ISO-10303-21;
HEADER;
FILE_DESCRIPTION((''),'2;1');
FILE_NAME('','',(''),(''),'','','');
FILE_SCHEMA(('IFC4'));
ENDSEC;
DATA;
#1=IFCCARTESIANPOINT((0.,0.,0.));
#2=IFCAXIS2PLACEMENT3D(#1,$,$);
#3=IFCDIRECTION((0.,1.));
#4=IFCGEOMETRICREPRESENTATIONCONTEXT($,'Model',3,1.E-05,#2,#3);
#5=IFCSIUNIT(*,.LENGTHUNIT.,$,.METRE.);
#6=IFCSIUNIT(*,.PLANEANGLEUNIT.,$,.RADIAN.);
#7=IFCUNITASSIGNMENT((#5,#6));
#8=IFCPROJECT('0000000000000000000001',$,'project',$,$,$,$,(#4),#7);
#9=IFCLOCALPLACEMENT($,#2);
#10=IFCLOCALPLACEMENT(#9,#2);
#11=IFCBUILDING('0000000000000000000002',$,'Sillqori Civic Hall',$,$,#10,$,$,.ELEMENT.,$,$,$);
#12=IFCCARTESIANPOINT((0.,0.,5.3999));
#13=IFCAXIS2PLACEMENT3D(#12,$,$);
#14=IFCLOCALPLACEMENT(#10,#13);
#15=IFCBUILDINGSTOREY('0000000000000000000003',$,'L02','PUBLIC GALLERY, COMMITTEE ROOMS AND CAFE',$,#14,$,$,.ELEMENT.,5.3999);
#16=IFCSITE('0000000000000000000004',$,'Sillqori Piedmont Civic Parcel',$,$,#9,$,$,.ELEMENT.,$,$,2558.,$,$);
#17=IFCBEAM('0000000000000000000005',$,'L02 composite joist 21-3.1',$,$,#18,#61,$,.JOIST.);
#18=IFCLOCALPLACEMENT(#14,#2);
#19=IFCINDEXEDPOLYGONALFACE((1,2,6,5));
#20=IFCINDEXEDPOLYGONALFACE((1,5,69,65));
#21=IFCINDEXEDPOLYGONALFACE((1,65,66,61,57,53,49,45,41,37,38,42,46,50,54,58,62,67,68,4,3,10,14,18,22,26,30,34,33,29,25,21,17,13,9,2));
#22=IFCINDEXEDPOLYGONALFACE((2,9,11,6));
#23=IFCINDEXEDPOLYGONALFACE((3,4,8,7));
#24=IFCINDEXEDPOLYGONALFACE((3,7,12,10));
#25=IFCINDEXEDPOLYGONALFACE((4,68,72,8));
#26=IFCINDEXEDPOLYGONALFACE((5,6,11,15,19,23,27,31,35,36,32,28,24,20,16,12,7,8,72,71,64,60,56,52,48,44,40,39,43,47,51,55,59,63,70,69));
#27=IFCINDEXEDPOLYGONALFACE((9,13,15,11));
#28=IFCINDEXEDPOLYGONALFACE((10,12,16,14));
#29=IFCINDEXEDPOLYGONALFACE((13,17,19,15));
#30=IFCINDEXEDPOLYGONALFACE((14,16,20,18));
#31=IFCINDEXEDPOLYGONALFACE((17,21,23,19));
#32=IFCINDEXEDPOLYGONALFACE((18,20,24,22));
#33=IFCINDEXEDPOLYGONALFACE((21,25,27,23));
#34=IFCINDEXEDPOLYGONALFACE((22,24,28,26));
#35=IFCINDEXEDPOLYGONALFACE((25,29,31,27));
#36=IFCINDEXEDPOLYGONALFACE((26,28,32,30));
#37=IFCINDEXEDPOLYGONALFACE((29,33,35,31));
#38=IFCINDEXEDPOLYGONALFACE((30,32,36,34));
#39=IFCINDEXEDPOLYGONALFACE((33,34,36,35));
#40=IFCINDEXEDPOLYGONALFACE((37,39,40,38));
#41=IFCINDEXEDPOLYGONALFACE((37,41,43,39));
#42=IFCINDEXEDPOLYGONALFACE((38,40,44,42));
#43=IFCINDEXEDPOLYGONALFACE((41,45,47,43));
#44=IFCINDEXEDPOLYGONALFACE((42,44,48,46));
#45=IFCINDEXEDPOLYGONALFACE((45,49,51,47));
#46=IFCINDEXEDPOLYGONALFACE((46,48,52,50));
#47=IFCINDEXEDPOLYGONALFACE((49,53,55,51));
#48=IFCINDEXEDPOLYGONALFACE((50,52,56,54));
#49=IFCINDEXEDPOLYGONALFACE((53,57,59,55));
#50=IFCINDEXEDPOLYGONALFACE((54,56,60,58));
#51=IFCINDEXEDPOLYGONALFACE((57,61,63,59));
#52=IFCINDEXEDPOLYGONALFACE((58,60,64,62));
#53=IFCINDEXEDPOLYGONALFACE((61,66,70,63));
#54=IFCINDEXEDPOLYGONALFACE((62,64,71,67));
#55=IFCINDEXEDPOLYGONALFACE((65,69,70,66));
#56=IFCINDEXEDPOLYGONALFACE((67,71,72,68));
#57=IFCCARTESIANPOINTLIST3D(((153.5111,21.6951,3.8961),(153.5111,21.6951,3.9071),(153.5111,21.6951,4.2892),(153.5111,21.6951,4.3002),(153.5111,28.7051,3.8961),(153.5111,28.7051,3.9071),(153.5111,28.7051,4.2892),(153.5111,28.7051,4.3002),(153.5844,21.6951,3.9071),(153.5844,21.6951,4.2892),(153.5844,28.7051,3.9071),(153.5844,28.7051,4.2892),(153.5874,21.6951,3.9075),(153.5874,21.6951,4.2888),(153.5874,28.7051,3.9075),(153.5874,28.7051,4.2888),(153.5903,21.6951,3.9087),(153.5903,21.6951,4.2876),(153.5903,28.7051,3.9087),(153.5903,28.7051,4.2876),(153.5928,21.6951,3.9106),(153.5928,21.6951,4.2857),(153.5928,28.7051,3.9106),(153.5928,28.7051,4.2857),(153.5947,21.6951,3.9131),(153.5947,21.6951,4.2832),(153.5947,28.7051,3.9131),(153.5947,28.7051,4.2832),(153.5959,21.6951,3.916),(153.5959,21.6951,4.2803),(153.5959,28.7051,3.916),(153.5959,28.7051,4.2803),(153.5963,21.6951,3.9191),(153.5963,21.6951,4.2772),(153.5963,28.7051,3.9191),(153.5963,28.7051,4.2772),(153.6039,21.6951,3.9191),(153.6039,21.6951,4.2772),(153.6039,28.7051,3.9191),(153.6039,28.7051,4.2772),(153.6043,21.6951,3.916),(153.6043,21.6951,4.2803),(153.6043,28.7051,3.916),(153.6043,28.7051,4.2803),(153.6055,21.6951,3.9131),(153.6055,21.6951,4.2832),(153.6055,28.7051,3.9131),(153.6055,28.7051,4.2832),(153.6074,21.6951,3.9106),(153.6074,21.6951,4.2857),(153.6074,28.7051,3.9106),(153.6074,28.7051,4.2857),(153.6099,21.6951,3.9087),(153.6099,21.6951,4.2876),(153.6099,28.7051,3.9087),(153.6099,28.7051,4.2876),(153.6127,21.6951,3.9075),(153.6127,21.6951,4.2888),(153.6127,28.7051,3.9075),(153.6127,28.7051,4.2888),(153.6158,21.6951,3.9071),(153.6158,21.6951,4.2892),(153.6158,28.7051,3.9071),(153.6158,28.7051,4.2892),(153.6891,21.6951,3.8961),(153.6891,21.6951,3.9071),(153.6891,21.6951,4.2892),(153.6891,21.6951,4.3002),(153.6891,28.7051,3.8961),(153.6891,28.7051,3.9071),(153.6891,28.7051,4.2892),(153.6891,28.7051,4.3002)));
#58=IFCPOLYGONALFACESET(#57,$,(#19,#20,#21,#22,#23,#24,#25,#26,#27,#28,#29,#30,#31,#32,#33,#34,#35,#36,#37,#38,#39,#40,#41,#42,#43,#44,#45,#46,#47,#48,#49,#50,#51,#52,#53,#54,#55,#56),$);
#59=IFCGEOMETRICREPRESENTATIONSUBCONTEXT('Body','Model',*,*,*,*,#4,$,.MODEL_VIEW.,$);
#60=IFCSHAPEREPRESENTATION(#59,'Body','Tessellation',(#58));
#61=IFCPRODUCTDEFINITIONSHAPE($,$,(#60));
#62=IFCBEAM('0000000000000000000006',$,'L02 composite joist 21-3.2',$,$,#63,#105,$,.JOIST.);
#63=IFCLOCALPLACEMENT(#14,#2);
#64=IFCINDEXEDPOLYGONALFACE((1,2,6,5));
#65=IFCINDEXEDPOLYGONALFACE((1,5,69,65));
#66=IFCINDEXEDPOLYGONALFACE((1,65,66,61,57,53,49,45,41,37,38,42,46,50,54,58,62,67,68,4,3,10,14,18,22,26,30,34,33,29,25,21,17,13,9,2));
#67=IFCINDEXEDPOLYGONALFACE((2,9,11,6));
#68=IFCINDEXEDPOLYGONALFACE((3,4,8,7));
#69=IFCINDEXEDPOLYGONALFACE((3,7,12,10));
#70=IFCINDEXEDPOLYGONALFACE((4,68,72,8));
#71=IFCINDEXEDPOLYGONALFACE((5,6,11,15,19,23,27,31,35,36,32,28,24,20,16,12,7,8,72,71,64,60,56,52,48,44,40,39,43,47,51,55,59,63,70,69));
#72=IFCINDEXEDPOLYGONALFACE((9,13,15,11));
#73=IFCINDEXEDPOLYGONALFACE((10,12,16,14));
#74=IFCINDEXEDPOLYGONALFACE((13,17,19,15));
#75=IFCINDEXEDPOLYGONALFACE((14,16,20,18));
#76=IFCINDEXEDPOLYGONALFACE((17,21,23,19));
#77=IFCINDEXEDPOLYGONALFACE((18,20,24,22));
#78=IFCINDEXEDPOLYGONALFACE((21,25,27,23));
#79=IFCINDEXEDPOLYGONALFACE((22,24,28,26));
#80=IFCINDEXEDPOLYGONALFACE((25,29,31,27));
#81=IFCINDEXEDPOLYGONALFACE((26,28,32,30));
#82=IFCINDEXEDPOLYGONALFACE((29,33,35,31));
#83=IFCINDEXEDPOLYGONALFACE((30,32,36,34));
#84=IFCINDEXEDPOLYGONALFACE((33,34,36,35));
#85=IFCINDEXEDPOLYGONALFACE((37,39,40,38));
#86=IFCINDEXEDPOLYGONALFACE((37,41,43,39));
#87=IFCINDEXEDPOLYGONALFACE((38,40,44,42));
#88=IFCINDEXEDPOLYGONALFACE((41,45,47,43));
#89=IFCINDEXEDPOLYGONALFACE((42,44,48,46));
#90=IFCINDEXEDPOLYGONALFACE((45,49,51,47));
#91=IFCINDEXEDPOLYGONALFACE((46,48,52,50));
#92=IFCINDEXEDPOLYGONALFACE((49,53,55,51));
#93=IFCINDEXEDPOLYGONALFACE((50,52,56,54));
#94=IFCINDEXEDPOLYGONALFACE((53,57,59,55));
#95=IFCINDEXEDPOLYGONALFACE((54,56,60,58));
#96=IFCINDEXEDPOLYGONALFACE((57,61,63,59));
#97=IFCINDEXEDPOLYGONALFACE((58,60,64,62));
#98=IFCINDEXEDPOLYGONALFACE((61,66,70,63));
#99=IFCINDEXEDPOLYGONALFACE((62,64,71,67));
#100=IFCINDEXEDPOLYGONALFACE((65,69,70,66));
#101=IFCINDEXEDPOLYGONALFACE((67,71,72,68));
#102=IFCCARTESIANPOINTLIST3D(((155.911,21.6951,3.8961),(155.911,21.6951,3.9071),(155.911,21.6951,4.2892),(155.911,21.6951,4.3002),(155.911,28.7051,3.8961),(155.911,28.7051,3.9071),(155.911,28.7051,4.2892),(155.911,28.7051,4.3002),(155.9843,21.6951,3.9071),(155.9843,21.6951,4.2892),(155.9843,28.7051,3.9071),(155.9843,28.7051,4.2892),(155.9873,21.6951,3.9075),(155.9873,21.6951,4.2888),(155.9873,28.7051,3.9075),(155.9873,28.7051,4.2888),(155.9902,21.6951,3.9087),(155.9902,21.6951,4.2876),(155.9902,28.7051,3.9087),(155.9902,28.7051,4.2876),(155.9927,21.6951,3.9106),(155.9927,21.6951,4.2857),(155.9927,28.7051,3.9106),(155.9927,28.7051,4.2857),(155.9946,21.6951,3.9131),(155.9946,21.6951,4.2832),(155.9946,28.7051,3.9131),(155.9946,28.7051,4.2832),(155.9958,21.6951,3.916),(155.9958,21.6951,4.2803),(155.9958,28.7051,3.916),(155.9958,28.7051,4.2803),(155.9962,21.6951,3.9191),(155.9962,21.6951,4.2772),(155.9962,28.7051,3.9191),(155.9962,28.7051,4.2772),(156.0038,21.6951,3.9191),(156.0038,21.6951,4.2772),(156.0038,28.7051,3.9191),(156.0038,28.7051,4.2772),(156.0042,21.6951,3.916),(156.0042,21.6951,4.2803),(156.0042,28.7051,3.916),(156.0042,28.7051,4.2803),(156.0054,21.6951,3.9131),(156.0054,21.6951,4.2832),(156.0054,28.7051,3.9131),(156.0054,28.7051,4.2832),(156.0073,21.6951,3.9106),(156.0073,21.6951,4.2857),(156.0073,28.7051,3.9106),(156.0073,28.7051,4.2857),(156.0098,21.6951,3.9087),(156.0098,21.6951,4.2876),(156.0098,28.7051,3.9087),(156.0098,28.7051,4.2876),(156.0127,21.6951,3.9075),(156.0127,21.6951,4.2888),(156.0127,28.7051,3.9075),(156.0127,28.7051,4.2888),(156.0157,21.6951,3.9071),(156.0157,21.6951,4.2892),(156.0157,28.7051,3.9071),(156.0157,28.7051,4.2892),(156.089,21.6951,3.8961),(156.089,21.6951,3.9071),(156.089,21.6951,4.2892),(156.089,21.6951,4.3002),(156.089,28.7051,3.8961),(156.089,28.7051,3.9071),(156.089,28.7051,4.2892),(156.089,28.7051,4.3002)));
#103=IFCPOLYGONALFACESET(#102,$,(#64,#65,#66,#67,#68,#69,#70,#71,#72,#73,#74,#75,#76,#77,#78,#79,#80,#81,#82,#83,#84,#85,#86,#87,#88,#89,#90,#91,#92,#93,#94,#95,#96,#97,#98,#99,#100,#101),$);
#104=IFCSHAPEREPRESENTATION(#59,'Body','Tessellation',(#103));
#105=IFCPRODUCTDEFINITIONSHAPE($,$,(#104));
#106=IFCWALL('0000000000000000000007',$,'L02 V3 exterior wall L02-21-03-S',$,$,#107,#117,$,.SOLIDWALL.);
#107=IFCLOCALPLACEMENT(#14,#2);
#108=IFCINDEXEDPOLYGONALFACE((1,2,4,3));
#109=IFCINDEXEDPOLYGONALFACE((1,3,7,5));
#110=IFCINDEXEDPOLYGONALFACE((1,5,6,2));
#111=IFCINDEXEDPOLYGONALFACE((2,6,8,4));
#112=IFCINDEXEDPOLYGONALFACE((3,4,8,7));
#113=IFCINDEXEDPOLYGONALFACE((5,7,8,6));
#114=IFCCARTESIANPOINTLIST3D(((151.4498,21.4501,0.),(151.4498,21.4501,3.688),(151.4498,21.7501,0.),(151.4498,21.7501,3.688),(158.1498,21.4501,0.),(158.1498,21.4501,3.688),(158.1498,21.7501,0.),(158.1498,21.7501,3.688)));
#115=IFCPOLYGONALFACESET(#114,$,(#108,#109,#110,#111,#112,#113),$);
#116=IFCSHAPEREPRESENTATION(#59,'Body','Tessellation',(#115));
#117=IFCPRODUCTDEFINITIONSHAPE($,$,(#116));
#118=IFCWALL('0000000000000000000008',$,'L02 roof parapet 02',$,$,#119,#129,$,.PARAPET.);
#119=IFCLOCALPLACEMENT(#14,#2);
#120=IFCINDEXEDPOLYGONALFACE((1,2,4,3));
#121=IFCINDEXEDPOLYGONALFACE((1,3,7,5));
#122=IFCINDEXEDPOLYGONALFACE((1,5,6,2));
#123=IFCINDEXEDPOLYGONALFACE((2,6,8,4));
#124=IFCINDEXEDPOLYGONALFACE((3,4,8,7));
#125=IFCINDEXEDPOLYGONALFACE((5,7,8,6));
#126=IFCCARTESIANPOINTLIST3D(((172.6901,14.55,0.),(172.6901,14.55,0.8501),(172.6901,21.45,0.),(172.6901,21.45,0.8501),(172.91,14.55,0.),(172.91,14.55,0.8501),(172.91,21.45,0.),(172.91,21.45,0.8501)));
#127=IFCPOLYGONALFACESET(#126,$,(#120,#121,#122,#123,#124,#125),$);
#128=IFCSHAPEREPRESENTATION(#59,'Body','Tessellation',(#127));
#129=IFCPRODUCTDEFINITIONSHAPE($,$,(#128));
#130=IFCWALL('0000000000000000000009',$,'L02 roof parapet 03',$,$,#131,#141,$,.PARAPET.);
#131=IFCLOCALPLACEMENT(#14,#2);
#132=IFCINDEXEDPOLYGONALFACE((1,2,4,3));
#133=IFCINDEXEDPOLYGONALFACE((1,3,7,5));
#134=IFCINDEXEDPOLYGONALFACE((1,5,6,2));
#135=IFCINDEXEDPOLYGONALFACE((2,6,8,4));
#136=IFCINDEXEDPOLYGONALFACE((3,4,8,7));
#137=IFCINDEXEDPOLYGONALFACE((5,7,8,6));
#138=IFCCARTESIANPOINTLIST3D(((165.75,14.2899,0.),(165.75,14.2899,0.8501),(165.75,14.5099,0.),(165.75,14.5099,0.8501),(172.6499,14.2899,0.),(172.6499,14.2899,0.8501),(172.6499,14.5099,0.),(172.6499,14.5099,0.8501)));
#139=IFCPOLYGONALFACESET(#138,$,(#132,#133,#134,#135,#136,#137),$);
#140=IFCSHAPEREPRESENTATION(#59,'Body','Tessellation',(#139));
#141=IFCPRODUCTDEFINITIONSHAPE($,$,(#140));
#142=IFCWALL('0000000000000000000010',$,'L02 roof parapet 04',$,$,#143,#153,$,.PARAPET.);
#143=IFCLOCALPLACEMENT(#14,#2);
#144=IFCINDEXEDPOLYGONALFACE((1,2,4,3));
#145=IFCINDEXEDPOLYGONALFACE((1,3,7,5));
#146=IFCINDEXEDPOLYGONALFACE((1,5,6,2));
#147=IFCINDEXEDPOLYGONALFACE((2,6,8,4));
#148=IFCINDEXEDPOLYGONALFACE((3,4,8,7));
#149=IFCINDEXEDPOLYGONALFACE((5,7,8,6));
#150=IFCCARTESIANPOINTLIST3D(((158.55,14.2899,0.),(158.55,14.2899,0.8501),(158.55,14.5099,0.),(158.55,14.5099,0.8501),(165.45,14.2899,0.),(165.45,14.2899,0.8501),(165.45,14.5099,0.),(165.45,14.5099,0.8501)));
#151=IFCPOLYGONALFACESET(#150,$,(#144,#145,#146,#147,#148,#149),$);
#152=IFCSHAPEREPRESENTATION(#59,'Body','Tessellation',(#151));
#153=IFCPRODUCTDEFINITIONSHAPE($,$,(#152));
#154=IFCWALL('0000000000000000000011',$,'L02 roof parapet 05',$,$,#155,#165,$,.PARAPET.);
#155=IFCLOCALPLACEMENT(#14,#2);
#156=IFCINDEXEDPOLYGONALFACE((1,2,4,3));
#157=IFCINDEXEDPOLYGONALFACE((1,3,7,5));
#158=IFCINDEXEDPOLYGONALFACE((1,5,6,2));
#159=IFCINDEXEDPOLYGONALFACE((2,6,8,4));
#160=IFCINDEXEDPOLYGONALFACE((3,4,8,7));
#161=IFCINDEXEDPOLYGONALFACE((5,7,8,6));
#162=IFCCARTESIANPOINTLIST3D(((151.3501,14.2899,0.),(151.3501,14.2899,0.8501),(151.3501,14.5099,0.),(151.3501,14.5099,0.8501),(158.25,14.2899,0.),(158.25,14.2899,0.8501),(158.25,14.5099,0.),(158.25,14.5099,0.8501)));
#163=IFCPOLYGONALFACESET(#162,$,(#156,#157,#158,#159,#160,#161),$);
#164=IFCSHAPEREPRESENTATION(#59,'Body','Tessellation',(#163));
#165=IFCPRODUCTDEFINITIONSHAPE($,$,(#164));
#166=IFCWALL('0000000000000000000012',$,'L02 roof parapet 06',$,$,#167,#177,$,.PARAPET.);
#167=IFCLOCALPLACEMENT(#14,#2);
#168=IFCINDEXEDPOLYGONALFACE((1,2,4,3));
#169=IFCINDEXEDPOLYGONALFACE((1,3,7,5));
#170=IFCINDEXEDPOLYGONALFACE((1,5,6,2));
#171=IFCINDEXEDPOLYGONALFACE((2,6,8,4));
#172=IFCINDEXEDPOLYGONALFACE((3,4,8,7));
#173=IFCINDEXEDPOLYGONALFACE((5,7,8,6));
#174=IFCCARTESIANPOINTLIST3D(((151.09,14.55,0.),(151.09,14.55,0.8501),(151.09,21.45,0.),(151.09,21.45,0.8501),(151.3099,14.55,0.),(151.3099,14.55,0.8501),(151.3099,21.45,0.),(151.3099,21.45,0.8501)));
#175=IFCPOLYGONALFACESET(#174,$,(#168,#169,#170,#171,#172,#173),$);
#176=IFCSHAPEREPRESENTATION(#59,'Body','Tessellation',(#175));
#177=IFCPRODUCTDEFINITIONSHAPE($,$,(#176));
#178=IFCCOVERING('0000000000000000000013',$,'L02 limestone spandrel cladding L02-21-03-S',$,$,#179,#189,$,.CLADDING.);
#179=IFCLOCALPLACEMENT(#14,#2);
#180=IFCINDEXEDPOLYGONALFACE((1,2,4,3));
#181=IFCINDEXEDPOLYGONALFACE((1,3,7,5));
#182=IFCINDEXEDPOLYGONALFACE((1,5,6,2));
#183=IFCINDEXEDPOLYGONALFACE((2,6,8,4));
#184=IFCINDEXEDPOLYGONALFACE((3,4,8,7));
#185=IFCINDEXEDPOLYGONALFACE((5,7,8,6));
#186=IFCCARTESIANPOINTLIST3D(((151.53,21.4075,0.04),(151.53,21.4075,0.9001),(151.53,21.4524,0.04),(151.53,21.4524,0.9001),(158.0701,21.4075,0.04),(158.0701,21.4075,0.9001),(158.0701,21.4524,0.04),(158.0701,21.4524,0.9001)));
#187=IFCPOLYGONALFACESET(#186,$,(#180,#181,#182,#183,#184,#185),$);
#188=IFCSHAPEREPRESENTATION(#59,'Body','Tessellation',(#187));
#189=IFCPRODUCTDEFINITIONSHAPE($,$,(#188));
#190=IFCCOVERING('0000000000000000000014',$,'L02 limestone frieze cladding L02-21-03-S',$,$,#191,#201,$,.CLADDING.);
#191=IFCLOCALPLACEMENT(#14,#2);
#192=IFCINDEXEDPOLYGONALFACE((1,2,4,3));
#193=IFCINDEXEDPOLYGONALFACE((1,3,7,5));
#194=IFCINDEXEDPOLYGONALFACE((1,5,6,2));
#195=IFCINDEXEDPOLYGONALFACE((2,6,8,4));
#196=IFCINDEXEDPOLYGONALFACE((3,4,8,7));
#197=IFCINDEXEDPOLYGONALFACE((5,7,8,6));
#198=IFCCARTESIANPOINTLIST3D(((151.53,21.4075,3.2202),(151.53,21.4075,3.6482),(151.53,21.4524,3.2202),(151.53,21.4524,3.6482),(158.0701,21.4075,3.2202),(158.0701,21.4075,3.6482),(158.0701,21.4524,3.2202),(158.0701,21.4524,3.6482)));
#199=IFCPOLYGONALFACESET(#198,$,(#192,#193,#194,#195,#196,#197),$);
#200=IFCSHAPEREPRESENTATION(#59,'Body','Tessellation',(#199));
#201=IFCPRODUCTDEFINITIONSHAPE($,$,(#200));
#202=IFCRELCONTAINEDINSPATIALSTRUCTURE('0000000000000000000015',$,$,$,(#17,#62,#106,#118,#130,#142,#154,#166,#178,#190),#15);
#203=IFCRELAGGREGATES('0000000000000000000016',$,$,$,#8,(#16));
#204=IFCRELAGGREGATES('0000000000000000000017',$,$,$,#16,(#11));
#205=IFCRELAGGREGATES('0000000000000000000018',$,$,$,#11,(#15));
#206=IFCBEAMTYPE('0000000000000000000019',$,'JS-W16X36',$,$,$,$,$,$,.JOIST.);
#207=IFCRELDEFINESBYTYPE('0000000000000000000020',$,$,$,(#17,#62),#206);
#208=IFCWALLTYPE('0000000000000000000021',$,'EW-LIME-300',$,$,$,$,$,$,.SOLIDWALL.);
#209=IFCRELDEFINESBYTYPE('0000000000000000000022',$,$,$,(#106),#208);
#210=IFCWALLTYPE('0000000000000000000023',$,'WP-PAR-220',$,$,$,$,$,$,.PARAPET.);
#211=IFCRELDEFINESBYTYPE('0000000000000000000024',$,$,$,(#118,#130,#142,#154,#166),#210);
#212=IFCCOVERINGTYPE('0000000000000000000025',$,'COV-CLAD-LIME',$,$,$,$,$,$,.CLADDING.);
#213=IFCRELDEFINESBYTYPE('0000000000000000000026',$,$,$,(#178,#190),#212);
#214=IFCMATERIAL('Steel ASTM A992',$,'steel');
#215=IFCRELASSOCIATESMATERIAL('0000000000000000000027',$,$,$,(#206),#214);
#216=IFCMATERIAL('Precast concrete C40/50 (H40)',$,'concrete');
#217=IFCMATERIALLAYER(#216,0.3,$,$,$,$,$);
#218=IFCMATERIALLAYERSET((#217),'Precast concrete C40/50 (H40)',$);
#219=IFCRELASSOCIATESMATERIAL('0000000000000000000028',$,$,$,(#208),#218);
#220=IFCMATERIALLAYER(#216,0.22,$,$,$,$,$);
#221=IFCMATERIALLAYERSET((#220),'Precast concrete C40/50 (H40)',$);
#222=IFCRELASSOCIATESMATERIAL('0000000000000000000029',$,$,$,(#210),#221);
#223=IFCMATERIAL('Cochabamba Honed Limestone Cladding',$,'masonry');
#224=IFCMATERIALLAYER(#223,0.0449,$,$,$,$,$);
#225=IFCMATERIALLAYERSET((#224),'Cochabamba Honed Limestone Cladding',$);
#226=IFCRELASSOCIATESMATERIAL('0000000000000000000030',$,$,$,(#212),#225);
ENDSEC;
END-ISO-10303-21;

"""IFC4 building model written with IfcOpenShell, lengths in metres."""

from ifc_helpers import new_model, si_unit, direction, frame, frame_2d, origin, origin_2d, place, context, subcontext, project, spatial, rectangle, i_section, extrude, material, layer, layer_set, material_profile, profile_set, type_object, element, save


model = new_model("IFC4")

# Units and contexts
model_context = context("Model", 3, precision=1e-05, world=origin(), true_north=direction((0.0, 1.0)))
body_context = subcontext(model_context, "Body", "Model", "MODEL_VIEW")
ifc_project = project(units=[si_unit("LENGTHUNIT", "METRE"), si_unit("PLANEANGLEUNIT", "RADIAN")], contexts=[model_context])

# Site, building, storey
site_placement = place(None, origin())
site = spatial("IfcSite", under=ifc_project, at=site_placement, Name="Sillqori Piedmont Civic Parcel", CompositionType="ELEMENT", RefElevation=2558.0)
building_placement = place(site_placement, origin())
building = spatial("IfcBuilding", under=site, at=building_placement, Name="Sillqori Civic Hall", CompositionType="ELEMENT")
storey_placement = place(building_placement, frame((0.0, 0.0, 5.3999)))
storey = spatial("IfcBuildingStorey", under=building, at=storey_placement, Name="L02", Description="PUBLIC GALLERY, COMMITTEE ROOMS AND CAFE", CompositionType="ELEMENT", Elevation=5.3999)

# Shared definitions
ifc_material_1 = material(Name="Steel ASTM A992", Category="steel")

# Beams
ifc_material_profile_1 = material_profile(ifc_material_1, i_section(OverallWidth=0.178, OverallDepth=0.4041, WebThickness=0.0076, FlangeThickness=0.011, FilletRadius=0.012, at=origin_2d()), Name="W16X36")
ifc_profile_set_1 = profile_set([ifc_material_profile_1], Name="Steel ASTM A992")
beam_type_1 = type_object("IfcBeamType", Name="JS-W16X36", PredefinedType="JOIST", material=ifc_profile_set_1)
for number, where, z_axis, x_axis, name in (
    (1, (153.6001, 21.6951, 4.0981), (0.0, 1.0, 0.0), (-1.0, 0.0, 0.0), "L02 composite joist 21-3.1"),
    (2, (156.0, 21.6951, 4.0981), (0.0, 1.0, 0.0), (-1.0, 0.0, 0.0), "L02 composite joist 21-3.2"),
):
    element("IfcBeam", number, at=place(storey_placement, frame(where, z_axis=z_axis, x_axis=x_axis)), inside=storey, type_object=beam_type_1, Name=name, PredefinedType="JOIST", context=body_context, shape_type="SweptSolid", body=[
        extrude(i_section(OverallWidth=0.178, OverallDepth=0.4041, WebThickness=0.0076, FlangeThickness=0.011, FilletRadius=0.012, at=origin_2d()), origin(), (0.0, 0.0, 1.0), 7.01),
    ])

# Walls
ifc_material_2 = material(Name="Precast concrete C40/50 (H40)", Category="concrete")
ifc_layer_1 = layer(ifc_material_2, 0.3)
ifc_layer_set_1 = layer_set([ifc_layer_1], Name="Precast concrete C40/50 (H40)")
wall_type_1 = type_object("IfcWallType", Name="EW-LIME-300", PredefinedType="SOLIDWALL", material=ifc_layer_set_1)
wall_placement = place(storey_placement, frame((158.1499, 21.6001, 0.0), z_axis=(0.0, 0.0, 1.0), x_axis=(-1.0, 0.0, 0.0)))
element("IfcWall", 3, at=wall_placement, inside=storey, type_object=wall_type_1, Name="L02 V3 exterior wall L02-21-03-S", PredefinedType="SOLIDWALL", context=body_context, shape_type="SweptSolid", body=[
    extrude(rectangle(XDim=6.7, YDim=0.3, at=frame_2d((3.3501, 0.0))), origin(), (0.0, 0.0, 1.0), 3.688),
])
ifc_layer_2 = layer(ifc_material_2, 0.22)
ifc_layer_set_2 = layer_set([ifc_layer_2], Name="Precast concrete C40/50 (H40)")
wall_type_2 = type_object("IfcWallType", Name="WP-PAR-220", PredefinedType="PARAPET", material=ifc_layer_set_2)
for number, where, z_axis, x_axis, name in (
    (4, (172.8, 21.45, 0.0), (0.0, 0.0, 1.0), (0.0, -1.0, 0.0), "L02 roof parapet 02"),
    (5, (172.6499, 14.3999, 0.0), (0.0, 0.0, 1.0), (-1.0, 0.0, 0.0), "L02 roof parapet 03"),
    (6, (165.45, 14.3999, 0.0), (0.0, 0.0, 1.0), (-1.0, 0.0, 0.0), "L02 roof parapet 04"),
    (7, (158.25, 14.3999, 0.0), (0.0, 0.0, 1.0), (-1.0, 0.0, 0.0), "L02 roof parapet 05"),
    (8, (151.2, 14.55, 0.0), (0.0, 0.0, 1.0), (0.0, 1.0, 0.0), "L02 roof parapet 06"),
):
    element("IfcWall", number, at=place(storey_placement, frame(where, z_axis=z_axis, x_axis=x_axis)), inside=storey, type_object=wall_type_2, Name=name, PredefinedType="PARAPET", context=body_context, shape_type="SweptSolid", body=[
        extrude(rectangle(XDim=6.8999, YDim=0.22, at=frame_2d((3.45, 0.0))), origin(), (0.0, 0.0, 1.0), 0.8501),
    ])

# Coverings
ifc_material_3 = material(Name="Cochabamba Honed Limestone Cladding", Category="masonry")
ifc_layer_3 = layer(ifc_material_3, 0.0449)
ifc_layer_set_3 = layer_set([ifc_layer_3], Name="Cochabamba Honed Limestone Cladding")
covering_type = type_object("IfcCoveringType", Name="COV-CLAD-LIME", PredefinedType="CLADDING", material=ifc_layer_set_3)
covering_1_placement = place(storey_placement, frame((158.0701, 21.4299, 0.04), z_axis=(0.0, 0.0, 1.0), x_axis=(-1.0, 0.0, 0.0)))
element("IfcCovering", 9, at=covering_1_placement, inside=storey, type_object=covering_type, Name="L02 limestone spandrel cladding L02-21-03-S", PredefinedType="CLADDING", context=body_context, shape_type="SweptSolid", body=[
    extrude(rectangle(XDim=6.54, YDim=0.0449, at=frame_2d((3.27, 0.0))), origin(), (0.0, 0.0, 1.0), 0.8601),
])
covering_2_placement = place(storey_placement, frame((158.0701, 21.4299, 3.2202), z_axis=(0.0, 0.0, 1.0), x_axis=(-1.0, 0.0, 0.0)))
element("IfcCovering", 10, at=covering_2_placement, inside=storey, type_object=covering_type, Name="L02 limestone frieze cladding L02-21-03-S", PredefinedType="CLADDING", context=body_context, shape_type="SweptSolid", body=[
    extrude(rectangle(XDim=6.54, YDim=0.0449, at=frame_2d((3.27, 0.0))), origin(), (0.0, 0.0, 1.0), 0.428),
])

save(model, "model.ifc")
